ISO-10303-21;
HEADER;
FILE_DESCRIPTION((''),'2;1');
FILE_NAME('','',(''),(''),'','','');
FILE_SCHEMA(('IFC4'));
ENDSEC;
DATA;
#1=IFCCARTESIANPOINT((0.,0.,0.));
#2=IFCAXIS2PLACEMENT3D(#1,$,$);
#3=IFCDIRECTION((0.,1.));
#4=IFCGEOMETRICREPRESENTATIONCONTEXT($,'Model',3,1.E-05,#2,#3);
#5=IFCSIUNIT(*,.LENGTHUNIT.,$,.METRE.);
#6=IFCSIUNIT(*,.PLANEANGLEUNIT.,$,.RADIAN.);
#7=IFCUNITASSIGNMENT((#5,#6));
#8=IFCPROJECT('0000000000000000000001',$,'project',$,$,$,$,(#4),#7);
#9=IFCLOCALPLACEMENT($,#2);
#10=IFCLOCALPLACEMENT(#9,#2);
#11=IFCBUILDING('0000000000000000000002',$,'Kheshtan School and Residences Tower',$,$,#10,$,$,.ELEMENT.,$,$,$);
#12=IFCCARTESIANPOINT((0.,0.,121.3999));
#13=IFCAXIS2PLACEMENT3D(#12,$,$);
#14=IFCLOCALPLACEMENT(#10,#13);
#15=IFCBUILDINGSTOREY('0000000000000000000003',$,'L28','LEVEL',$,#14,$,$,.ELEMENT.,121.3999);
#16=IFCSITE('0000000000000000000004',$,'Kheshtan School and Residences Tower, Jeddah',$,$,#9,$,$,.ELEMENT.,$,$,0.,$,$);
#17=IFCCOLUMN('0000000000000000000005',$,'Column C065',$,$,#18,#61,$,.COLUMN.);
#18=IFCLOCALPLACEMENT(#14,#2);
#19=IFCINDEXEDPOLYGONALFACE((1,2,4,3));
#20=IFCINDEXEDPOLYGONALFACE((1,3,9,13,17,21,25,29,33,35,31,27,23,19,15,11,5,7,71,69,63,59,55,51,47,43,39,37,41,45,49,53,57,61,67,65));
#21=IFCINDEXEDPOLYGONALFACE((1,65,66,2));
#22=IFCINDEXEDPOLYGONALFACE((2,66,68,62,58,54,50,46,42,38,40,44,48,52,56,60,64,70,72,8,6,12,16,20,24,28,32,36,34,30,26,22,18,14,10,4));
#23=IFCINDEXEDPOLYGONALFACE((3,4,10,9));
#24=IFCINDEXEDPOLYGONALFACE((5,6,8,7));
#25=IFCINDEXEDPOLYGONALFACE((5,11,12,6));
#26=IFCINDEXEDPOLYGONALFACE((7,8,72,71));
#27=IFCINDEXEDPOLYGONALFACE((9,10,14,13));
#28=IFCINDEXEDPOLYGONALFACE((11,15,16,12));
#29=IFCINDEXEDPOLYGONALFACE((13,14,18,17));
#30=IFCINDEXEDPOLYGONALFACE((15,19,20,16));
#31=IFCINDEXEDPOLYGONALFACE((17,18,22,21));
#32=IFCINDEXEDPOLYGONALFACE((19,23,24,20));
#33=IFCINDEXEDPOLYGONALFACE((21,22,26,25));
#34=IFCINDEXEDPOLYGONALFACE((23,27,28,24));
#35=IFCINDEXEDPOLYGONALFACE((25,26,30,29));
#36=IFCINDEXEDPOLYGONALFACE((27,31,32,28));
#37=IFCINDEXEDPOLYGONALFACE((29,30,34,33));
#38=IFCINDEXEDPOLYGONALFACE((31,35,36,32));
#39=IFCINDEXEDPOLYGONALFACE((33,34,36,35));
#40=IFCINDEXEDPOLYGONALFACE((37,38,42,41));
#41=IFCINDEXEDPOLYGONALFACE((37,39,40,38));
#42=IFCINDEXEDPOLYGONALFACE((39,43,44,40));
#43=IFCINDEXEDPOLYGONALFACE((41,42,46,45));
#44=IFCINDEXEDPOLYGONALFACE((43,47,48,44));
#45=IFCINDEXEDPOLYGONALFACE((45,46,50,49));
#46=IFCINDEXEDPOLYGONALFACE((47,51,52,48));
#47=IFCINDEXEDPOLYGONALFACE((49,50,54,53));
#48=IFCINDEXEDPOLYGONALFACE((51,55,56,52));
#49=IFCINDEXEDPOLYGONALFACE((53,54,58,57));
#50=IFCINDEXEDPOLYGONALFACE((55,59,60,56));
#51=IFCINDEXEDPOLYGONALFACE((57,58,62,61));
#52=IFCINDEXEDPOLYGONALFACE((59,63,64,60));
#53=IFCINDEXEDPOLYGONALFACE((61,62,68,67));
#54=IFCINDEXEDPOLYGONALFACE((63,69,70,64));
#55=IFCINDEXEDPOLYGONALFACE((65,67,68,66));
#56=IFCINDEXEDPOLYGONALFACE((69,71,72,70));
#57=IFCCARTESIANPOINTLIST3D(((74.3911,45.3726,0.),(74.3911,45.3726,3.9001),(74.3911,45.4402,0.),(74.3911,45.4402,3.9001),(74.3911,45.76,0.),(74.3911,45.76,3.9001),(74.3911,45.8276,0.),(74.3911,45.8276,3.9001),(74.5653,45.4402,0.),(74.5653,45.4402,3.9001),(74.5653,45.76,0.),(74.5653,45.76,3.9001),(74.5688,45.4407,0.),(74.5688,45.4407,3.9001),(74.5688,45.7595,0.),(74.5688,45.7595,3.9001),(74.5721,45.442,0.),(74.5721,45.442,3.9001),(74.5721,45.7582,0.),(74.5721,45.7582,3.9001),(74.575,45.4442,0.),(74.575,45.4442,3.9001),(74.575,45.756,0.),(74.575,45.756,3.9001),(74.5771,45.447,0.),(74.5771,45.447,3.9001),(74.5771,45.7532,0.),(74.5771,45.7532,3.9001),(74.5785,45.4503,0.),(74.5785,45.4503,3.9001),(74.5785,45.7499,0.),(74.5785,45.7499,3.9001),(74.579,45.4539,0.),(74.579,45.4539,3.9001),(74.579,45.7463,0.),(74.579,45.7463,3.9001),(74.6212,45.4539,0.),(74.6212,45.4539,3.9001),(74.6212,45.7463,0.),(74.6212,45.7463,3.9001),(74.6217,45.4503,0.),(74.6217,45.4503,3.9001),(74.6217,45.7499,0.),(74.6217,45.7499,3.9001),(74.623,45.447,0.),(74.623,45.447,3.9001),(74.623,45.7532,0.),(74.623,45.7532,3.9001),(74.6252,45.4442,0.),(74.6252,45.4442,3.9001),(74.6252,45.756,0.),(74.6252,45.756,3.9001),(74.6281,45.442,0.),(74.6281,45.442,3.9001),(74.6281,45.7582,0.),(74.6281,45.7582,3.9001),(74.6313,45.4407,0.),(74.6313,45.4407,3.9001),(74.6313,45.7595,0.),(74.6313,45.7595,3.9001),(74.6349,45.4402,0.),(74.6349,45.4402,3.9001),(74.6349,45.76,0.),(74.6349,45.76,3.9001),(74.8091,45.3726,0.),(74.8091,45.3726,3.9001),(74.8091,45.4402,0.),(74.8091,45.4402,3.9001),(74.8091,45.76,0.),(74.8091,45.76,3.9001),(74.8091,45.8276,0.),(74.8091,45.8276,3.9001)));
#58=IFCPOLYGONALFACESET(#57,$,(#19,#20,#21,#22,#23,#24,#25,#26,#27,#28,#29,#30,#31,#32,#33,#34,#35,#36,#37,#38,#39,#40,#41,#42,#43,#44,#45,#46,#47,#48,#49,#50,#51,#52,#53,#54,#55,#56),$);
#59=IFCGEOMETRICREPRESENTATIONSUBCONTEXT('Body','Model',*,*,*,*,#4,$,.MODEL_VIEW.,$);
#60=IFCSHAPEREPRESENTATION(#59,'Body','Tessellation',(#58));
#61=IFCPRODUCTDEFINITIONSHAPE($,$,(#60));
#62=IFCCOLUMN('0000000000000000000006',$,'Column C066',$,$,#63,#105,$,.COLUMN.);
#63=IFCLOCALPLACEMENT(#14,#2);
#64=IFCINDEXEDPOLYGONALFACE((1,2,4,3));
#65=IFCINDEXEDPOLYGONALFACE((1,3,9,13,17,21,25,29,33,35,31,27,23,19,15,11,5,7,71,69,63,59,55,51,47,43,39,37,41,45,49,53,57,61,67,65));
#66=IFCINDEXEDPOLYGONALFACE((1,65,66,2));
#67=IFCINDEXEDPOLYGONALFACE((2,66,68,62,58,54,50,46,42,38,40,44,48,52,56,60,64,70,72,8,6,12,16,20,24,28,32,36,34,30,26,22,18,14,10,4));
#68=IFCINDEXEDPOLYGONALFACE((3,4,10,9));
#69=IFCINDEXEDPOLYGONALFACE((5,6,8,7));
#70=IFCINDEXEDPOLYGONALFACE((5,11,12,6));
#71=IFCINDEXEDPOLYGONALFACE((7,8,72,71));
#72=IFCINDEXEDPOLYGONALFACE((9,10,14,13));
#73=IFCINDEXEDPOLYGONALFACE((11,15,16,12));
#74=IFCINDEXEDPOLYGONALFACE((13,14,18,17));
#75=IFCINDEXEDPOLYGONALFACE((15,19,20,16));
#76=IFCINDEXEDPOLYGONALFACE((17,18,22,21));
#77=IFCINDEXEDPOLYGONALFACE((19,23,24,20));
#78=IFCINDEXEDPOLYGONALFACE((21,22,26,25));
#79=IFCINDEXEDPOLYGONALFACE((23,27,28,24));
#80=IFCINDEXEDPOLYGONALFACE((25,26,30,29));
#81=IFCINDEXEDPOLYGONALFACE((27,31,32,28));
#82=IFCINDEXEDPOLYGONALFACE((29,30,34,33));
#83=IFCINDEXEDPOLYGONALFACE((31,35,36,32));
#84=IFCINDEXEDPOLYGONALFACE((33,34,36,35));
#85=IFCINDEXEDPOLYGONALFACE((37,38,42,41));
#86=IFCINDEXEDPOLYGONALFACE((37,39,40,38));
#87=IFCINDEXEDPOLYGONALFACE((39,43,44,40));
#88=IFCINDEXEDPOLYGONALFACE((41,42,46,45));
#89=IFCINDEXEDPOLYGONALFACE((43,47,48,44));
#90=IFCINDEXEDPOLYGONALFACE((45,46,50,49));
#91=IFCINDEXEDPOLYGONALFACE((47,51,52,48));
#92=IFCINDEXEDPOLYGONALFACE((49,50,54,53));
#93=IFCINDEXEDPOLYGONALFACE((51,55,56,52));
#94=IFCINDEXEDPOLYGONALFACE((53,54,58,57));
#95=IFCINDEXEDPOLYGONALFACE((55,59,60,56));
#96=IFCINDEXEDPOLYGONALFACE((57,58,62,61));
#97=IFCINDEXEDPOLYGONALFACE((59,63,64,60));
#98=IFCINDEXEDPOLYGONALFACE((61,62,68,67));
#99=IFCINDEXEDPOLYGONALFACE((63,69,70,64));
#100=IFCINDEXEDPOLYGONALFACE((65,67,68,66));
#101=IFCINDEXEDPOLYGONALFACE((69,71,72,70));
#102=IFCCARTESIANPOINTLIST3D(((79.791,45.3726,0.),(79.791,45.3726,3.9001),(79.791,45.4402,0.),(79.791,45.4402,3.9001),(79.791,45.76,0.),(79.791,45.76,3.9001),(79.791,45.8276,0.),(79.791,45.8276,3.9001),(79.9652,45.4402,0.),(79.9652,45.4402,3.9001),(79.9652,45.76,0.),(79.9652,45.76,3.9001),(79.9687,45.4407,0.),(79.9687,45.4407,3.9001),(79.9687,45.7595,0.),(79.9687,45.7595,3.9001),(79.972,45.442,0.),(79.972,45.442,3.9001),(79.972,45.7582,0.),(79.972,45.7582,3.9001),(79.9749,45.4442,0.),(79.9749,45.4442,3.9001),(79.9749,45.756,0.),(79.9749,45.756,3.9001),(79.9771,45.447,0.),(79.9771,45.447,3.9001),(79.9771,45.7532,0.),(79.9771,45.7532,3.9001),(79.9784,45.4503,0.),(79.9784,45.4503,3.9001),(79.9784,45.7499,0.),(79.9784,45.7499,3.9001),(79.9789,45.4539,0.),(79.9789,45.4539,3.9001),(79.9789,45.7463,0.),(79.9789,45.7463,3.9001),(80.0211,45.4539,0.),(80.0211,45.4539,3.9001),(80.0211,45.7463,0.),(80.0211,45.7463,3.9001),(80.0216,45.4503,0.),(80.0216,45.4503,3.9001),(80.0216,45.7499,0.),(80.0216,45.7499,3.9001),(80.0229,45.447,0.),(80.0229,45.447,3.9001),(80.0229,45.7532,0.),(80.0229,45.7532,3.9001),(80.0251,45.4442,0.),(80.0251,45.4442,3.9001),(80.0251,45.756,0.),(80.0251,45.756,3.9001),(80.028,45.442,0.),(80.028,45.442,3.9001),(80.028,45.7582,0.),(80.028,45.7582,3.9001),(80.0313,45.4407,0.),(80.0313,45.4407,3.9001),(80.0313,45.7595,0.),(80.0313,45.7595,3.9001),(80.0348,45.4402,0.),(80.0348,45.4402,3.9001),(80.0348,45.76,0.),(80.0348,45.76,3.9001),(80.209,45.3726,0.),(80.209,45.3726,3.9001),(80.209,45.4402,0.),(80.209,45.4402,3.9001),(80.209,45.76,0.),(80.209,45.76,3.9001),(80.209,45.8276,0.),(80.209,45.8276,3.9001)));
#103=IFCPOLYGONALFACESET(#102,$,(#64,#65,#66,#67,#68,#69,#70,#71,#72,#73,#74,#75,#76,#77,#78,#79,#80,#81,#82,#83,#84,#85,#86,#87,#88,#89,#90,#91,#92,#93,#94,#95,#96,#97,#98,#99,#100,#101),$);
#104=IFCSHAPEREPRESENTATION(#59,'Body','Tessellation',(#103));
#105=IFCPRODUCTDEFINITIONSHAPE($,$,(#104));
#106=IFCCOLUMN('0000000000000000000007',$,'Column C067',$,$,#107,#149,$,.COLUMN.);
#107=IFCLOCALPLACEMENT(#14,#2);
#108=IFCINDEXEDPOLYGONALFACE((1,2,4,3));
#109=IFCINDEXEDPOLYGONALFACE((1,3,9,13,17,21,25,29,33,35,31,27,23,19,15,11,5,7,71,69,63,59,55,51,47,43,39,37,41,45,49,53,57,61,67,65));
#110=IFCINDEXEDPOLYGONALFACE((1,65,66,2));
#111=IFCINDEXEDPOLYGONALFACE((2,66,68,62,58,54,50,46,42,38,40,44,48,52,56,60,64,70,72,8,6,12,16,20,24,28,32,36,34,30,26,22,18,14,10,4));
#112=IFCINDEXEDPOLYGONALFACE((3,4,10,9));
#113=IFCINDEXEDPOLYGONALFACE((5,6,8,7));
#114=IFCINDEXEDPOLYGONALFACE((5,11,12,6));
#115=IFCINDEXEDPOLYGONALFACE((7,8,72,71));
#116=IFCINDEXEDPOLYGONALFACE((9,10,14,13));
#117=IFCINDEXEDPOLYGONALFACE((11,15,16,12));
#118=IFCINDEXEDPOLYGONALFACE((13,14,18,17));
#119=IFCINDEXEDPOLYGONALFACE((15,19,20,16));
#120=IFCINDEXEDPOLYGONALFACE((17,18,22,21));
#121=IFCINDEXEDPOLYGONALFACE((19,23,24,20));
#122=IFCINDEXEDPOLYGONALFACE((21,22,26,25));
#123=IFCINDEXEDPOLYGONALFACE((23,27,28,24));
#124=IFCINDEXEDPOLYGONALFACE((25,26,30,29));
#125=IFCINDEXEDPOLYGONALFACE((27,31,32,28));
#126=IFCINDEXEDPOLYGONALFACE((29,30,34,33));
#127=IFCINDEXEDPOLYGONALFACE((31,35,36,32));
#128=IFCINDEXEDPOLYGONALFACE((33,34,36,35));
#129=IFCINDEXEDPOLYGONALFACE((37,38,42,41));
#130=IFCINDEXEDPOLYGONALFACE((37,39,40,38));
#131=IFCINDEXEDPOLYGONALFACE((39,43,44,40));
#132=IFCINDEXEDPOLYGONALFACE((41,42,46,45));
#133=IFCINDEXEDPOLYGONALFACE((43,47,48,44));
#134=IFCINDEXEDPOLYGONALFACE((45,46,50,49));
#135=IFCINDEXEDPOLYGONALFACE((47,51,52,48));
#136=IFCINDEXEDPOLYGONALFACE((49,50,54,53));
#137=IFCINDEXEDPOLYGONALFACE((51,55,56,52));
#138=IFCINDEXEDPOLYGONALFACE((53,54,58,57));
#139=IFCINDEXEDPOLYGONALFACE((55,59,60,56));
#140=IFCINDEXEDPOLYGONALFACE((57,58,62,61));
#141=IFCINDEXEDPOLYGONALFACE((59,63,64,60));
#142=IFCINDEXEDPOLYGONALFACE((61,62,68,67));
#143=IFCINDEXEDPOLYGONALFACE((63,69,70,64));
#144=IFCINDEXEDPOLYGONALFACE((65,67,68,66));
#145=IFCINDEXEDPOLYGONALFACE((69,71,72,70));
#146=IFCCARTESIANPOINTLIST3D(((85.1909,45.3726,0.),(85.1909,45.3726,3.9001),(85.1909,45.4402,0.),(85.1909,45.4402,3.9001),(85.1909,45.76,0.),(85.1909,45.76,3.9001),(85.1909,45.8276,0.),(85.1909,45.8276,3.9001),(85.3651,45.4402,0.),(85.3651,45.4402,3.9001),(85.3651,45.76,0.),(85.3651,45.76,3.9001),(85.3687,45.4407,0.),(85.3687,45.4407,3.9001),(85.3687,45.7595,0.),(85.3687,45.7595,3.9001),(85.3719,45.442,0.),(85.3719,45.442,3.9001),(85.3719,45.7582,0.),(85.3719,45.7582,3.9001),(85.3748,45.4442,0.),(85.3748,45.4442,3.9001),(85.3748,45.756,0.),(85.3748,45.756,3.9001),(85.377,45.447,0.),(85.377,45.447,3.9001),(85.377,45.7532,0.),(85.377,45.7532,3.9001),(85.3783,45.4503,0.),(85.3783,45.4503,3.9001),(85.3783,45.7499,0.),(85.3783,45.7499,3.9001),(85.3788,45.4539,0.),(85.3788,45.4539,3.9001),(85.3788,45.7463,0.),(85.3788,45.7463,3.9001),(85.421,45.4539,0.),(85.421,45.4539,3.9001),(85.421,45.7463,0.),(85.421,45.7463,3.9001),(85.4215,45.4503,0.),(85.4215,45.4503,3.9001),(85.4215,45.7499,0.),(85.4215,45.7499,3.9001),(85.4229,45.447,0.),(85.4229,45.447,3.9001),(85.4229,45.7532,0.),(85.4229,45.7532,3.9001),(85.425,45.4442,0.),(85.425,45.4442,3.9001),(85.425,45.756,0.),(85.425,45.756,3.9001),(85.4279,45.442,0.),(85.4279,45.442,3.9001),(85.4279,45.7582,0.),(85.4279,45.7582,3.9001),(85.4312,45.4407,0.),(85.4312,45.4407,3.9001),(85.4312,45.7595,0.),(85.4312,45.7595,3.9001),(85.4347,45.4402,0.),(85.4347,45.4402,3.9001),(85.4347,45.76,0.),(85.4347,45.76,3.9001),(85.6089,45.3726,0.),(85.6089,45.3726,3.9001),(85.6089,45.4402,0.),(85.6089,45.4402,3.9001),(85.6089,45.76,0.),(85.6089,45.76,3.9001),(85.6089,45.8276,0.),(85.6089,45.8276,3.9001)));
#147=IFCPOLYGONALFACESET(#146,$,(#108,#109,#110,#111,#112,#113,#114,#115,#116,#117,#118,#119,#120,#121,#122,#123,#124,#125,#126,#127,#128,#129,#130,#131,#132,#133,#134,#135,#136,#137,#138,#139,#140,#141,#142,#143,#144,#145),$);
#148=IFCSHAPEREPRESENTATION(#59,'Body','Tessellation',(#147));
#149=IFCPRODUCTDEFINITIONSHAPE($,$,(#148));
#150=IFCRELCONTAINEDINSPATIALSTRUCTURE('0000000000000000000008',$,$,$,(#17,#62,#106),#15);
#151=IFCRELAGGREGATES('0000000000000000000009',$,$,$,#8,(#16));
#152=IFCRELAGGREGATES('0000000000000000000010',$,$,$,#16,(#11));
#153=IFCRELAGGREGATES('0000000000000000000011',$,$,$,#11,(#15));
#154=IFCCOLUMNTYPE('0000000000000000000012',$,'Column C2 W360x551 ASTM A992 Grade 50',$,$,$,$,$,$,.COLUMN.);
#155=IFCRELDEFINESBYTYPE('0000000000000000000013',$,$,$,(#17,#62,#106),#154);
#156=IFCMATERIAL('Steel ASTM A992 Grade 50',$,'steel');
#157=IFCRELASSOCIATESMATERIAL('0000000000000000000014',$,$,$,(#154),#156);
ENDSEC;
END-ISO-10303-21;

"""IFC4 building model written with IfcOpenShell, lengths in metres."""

from ifc_helpers import new_model, si_unit, direction, frame, origin, origin_2d, place, context, subcontext, project, spatial, i_section, extrude, material, material_profile, profile_set, type_object, element, save


model = new_model("IFC4")

# Units and contexts
model_context = context("Model", 3, precision=1e-05, world=origin(), true_north=direction((0.0, 1.0)))
body_context = subcontext(model_context, "Body", "Model", "MODEL_VIEW")
ifc_project = project(units=[si_unit("LENGTHUNIT", "METRE"), si_unit("PLANEANGLEUNIT", "RADIAN")], contexts=[model_context])

# Site, building, storey
site_placement = place(None, origin())
site = spatial("IfcSite", under=ifc_project, at=site_placement, Name="Kheshtan School and Residences Tower, Jeddah", CompositionType="ELEMENT", RefElevation=0.0)
building_placement = place(site_placement, origin())
building = spatial("IfcBuilding", under=site, at=building_placement, Name="Kheshtan School and Residences Tower", CompositionType="ELEMENT")
storey_placement = place(building_placement, frame((0.0, 0.0, 121.3999)))
storey = spatial("IfcBuildingStorey", under=building, at=storey_placement, Name="L28", Description="LEVEL", CompositionType="ELEMENT", Elevation=121.3999)

# Columns
ifc_material_1 = material(Name="Steel ASTM A992 Grade 50", Category="steel")
ifc_material_profile_1 = material_profile(ifc_material_1, i_section(OverallWidth=0.418, OverallDepth=0.4551, WebThickness=0.0422, FlangeThickness=0.0676, FilletRadius=0.0137, at=origin_2d()), Name="W360x551")
ifc_profile_set_1 = profile_set([ifc_material_profile_1], Name="Steel ASTM A992 Grade 50")
column_type_1 = type_object("IfcColumnType", Name="Column C2 W360x551 ASTM A992 Grade 50", PredefinedType="COLUMN", material=ifc_profile_set_1)
for number, where, z_axis, x_axis, name in (
    (1, (74.6001, 45.6001, 0.0), (0.0, 0.0, 1.0), (1.0, 0.0, 0.0), "Column C065"),
    (2, (80.0, 45.6001, 0.0), (0.0, 0.0, 1.0), (1.0, 0.0, 0.0), "Column C066"),
    (3, (85.3999, 45.6001, 0.0), (0.0, 0.0, 1.0), (1.0, 0.0, 0.0), "Column C067"),
):
    element("IfcColumn", number, at=place(storey_placement, frame(where, z_axis=z_axis, x_axis=x_axis)), inside=storey, type_object=column_type_1, Name=name, PredefinedType="COLUMN", context=body_context, shape_type="SweptSolid", body=[
        extrude(i_section(OverallWidth=0.418, OverallDepth=0.4551, WebThickness=0.0422, FlangeThickness=0.0676, FilletRadius=0.0137, at=origin_2d()), origin(), (0.0, 0.0, 1.0), 3.9001),
    ])

save(model, "model.ifc")
